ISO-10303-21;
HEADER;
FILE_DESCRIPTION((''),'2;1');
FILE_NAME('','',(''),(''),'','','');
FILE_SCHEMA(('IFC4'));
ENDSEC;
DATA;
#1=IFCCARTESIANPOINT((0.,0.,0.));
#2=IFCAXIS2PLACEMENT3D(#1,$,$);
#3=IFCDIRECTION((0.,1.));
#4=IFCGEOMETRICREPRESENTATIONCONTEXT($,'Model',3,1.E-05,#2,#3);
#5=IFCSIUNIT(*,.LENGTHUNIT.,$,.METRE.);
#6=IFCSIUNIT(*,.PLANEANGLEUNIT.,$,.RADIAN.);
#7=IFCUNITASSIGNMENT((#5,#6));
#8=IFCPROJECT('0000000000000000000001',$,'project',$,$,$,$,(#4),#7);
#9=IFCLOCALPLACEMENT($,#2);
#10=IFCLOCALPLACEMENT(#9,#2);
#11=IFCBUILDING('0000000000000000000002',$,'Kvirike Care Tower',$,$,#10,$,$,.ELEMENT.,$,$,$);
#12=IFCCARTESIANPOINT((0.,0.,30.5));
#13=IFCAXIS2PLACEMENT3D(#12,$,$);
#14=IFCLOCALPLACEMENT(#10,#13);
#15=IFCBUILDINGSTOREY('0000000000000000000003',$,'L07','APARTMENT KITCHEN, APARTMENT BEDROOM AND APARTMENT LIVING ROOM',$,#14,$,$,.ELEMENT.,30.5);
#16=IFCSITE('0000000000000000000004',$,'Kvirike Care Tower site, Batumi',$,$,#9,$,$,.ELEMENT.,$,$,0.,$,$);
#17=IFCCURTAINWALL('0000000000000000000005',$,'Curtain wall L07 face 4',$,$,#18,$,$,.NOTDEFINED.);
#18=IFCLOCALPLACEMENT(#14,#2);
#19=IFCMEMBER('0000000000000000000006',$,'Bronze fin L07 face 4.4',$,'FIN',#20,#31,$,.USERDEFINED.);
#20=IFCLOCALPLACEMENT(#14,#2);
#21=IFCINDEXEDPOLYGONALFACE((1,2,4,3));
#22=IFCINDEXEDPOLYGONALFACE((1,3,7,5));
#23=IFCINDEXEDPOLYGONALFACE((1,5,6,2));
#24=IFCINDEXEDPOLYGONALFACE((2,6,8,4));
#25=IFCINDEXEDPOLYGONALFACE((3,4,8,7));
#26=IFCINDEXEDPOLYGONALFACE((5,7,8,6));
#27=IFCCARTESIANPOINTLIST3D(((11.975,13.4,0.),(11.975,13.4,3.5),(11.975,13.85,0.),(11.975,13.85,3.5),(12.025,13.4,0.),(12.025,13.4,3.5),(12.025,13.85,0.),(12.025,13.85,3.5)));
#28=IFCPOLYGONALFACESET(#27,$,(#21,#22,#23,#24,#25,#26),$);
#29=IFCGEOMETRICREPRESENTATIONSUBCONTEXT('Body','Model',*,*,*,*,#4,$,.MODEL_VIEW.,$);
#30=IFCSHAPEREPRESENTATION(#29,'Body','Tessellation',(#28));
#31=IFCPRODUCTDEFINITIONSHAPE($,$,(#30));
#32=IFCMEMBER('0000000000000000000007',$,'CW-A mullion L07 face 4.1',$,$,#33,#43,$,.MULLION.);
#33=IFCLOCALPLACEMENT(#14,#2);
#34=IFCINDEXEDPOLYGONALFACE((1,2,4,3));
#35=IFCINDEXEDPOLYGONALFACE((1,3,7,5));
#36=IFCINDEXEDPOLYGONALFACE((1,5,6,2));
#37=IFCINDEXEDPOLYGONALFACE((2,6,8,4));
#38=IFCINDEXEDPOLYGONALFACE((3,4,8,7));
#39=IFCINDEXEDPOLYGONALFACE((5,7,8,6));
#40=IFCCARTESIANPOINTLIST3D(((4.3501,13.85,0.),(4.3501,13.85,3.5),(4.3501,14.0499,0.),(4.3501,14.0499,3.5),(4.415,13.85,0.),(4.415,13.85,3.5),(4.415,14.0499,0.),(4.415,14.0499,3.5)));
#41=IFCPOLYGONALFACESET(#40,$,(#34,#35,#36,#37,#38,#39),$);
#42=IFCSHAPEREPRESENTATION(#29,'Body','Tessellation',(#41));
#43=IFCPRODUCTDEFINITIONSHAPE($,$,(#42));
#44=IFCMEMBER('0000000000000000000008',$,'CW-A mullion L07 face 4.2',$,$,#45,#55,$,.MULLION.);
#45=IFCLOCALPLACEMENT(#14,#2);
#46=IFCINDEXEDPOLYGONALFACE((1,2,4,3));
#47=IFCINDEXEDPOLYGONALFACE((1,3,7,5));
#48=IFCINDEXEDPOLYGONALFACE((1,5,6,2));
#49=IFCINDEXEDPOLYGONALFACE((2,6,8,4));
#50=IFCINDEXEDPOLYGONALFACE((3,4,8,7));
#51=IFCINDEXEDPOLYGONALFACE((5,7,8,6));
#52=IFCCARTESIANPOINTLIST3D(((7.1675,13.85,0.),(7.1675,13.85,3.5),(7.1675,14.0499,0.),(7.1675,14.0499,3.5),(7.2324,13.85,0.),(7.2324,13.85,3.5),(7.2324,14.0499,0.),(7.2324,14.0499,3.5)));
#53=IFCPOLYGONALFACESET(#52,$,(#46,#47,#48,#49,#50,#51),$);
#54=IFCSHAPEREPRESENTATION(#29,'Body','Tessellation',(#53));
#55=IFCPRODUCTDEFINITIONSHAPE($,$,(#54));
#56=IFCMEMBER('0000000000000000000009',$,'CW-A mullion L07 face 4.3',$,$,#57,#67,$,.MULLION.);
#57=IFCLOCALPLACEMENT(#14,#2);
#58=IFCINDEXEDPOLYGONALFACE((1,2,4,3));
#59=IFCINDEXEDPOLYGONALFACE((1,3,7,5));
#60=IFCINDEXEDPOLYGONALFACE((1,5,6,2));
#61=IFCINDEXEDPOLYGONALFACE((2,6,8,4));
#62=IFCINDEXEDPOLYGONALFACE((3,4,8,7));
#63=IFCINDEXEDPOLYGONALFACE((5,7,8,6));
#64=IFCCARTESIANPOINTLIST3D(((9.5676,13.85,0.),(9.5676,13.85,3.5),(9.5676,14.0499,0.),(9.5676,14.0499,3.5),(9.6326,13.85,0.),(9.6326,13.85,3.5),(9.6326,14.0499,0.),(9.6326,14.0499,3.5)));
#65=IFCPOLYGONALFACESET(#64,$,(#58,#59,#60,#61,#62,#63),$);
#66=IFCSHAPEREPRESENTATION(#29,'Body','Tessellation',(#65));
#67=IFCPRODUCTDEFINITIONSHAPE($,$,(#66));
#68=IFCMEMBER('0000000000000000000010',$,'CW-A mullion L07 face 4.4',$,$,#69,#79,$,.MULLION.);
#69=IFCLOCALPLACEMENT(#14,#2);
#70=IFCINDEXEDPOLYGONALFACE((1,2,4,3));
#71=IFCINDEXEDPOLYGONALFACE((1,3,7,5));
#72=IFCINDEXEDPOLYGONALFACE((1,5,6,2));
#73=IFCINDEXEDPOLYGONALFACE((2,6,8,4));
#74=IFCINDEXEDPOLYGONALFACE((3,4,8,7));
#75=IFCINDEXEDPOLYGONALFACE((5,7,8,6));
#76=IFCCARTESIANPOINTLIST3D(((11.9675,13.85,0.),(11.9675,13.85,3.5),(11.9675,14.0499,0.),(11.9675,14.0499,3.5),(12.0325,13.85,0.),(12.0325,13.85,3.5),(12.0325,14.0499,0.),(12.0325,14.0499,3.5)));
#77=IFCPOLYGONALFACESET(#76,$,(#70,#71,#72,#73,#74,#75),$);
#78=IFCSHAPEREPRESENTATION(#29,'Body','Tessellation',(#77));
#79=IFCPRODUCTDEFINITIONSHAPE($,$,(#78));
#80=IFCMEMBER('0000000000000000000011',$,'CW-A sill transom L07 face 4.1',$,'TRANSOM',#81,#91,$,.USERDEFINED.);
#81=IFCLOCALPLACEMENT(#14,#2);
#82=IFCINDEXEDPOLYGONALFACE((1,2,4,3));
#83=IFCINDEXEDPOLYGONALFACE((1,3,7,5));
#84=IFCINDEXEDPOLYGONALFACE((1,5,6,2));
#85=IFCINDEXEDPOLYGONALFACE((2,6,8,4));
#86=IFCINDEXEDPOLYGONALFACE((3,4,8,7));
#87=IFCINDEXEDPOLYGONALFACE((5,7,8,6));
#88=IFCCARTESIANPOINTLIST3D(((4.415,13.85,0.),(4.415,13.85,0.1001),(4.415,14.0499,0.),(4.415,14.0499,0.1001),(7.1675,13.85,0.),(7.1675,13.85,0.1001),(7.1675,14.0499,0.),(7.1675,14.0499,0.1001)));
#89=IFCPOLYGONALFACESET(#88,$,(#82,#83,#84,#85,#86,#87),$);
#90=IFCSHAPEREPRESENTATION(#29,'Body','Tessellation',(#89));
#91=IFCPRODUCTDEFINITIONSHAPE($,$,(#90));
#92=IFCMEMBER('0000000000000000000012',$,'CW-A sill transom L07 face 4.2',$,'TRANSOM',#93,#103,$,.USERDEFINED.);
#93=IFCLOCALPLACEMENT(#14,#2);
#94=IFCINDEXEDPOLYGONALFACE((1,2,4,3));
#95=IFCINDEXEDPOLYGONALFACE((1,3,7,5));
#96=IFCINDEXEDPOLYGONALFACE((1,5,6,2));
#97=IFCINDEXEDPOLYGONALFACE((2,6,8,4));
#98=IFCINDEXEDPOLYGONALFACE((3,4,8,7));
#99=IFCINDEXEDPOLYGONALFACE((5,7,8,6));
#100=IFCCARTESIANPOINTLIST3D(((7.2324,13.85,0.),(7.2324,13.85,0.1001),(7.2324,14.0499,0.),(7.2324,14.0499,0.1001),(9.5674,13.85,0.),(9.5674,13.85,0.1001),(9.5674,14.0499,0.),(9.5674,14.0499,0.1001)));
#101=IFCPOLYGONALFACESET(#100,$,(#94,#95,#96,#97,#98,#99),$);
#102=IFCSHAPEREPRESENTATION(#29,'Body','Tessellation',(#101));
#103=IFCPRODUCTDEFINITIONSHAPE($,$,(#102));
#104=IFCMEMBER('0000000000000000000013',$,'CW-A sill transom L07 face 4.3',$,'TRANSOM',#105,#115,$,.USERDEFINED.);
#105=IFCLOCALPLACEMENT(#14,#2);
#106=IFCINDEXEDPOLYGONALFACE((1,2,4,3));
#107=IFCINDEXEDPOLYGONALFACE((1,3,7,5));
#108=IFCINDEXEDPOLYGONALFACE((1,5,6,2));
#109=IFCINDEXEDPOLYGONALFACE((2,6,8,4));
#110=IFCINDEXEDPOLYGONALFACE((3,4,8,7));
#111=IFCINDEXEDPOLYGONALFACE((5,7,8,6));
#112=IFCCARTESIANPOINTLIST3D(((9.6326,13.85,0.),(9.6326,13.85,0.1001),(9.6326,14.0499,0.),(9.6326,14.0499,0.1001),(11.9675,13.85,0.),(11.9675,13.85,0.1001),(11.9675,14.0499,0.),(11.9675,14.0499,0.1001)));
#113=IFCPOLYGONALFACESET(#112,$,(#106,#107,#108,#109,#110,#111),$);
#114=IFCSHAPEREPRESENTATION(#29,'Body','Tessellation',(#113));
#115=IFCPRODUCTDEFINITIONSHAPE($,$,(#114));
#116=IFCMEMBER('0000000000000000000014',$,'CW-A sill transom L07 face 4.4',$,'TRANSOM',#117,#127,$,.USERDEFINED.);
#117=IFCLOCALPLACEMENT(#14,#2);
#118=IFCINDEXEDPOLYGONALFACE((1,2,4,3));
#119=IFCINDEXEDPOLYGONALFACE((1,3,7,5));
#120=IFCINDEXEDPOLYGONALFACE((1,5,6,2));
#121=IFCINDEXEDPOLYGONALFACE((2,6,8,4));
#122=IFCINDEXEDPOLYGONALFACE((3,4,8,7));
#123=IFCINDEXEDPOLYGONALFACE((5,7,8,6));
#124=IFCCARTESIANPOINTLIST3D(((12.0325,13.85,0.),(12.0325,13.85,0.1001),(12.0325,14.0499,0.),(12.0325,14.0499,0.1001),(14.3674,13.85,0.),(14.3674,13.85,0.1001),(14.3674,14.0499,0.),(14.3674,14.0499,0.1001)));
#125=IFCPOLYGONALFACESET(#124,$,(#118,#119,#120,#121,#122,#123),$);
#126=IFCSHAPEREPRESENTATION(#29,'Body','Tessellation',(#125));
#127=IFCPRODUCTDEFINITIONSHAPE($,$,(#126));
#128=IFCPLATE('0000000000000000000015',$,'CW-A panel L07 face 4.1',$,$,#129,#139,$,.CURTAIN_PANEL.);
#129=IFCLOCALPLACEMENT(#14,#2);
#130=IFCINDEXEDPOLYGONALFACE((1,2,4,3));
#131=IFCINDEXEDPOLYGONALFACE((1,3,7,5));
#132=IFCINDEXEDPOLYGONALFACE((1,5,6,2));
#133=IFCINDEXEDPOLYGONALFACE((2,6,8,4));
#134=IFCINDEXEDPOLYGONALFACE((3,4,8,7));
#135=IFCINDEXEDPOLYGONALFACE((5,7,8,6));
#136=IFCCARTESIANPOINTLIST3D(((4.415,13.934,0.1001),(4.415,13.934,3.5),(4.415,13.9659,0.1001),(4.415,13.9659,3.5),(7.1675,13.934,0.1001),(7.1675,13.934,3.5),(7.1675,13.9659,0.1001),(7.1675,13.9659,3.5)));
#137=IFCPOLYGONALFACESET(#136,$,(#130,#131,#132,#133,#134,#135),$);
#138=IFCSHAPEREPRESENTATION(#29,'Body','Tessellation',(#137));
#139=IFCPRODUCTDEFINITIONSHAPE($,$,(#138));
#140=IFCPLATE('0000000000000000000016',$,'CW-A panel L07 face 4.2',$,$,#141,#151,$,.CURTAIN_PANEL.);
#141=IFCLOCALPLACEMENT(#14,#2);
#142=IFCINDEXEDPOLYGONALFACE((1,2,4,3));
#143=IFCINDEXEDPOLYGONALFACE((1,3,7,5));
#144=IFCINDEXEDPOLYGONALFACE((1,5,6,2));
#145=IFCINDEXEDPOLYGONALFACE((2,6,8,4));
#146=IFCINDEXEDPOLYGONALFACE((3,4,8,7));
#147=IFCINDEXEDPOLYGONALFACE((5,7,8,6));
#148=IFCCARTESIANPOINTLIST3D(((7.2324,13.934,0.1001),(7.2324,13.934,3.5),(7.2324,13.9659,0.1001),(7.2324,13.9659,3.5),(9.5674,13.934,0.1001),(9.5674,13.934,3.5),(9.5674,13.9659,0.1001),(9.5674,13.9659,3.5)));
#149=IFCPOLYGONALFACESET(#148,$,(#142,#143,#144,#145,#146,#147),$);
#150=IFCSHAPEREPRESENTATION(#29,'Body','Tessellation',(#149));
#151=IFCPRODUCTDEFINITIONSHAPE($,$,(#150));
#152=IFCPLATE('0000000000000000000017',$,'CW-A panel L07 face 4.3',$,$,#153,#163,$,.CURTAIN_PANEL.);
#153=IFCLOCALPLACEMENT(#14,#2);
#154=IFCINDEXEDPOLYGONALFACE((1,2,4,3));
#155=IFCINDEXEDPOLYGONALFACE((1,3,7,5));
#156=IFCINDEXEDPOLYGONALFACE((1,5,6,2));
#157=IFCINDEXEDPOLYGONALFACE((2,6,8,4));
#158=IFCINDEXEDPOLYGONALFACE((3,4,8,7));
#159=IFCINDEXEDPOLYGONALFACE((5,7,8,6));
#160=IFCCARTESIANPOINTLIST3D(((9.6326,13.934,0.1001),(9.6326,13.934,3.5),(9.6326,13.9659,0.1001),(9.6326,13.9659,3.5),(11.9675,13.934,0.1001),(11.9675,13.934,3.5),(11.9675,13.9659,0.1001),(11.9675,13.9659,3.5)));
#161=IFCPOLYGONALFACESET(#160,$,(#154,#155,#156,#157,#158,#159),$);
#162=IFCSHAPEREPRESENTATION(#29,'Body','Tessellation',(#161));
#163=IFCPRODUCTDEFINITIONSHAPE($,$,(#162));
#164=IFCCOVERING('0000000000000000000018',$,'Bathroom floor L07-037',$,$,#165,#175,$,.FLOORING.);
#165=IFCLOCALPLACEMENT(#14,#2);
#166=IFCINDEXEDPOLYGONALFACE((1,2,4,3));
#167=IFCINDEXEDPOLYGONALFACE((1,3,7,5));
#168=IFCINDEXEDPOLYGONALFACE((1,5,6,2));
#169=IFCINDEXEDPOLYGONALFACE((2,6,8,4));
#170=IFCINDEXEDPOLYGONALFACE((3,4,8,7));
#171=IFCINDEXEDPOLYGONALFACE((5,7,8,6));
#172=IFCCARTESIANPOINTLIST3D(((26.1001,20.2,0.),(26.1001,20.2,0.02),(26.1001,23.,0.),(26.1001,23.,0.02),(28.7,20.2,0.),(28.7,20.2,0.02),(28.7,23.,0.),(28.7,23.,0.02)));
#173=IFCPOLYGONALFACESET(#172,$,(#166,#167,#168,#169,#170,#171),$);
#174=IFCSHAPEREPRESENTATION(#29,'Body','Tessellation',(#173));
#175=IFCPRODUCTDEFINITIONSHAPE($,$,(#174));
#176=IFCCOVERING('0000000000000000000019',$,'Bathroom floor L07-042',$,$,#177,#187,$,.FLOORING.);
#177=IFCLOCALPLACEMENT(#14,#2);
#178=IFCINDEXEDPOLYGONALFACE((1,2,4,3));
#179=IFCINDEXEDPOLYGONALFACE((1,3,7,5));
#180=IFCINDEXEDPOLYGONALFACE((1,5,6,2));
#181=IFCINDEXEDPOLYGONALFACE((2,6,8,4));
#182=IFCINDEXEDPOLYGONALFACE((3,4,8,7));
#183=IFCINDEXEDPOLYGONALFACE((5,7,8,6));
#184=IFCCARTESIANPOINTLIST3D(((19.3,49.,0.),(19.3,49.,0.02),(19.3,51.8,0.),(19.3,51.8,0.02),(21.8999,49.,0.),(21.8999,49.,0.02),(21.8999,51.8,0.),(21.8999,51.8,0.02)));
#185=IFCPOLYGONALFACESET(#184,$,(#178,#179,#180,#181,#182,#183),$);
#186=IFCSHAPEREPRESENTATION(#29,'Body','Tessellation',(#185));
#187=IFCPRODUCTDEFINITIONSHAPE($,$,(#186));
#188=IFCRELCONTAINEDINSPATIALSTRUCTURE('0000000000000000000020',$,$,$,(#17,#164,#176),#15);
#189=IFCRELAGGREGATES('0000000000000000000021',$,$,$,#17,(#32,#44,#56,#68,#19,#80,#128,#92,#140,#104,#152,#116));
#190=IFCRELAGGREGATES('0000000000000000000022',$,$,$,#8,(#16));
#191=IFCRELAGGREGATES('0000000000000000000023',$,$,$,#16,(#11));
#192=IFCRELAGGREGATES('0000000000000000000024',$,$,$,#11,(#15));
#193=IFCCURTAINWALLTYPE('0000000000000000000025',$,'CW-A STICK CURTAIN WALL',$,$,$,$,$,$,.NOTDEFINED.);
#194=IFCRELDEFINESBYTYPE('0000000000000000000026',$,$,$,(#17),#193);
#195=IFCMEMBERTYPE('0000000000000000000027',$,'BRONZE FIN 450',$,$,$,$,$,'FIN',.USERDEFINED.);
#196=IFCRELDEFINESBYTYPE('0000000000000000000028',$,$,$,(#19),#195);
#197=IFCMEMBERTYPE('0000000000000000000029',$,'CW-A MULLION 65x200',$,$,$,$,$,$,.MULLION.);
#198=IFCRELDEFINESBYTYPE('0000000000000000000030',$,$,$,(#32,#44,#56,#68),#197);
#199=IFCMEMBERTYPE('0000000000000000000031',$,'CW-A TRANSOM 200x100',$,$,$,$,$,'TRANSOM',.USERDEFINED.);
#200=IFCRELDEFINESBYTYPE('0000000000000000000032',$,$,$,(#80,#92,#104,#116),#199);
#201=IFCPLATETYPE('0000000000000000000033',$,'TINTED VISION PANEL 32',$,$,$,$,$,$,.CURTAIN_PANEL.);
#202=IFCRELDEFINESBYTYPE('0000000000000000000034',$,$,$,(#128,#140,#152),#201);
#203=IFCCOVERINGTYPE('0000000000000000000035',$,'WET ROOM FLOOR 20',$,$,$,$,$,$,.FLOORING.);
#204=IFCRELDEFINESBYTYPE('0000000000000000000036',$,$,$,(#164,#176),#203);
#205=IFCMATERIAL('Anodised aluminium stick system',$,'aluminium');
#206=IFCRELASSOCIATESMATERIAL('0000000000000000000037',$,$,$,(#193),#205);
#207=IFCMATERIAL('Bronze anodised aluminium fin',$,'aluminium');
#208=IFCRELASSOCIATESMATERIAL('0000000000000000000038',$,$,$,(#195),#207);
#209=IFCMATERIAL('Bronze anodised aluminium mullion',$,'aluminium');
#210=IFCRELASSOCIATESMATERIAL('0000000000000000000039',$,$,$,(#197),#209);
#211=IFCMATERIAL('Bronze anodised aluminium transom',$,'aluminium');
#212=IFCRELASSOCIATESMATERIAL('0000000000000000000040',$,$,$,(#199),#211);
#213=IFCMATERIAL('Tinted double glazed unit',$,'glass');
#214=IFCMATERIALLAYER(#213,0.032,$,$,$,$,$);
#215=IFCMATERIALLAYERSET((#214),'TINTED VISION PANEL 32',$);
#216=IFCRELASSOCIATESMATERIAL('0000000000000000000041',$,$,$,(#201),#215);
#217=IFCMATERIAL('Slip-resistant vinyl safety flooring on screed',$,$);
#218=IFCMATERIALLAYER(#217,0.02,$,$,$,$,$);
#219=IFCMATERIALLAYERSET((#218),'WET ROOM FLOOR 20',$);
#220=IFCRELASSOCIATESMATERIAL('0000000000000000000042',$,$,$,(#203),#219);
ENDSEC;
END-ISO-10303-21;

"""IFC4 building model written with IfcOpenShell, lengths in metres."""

from ifc_helpers import new_model, si_unit, direction, frame, origin, origin_2d, place, context, subcontext, project, spatial, polyline, rectangle, outline, extrude, material, layer, layer_set, material_profile, profile_set, type_object, element, aggregate, save


model = new_model("IFC4")

# Units and contexts
model_context = context("Model", 3, precision=1e-05, world=origin(), true_north=direction((0.0, 1.0)))
body_context = subcontext(model_context, "Body", "Model", "MODEL_VIEW")
ifc_project = project(units=[si_unit("LENGTHUNIT", "METRE"), si_unit("PLANEANGLEUNIT", "RADIAN")], contexts=[model_context])

# Site, building, storey
site_placement = place(None, origin())
site = spatial("IfcSite", under=ifc_project, at=site_placement, Name="Kvirike Care Tower site, Batumi", CompositionType="ELEMENT", RefElevation=0.0)
building_placement = place(site_placement, origin())
building = spatial("IfcBuilding", under=site, at=building_placement, Name="Kvirike Care Tower", CompositionType="ELEMENT")
storey_placement = place(building_placement, frame((0.0, 0.0, 30.5)))
storey = spatial("IfcBuildingStorey", under=building, at=storey_placement, Name="L07", Description="APARTMENT KITCHEN, APARTMENT BEDROOM AND APARTMENT LIVING ROOM", CompositionType="ELEMENT", Elevation=30.5)

# Curtain wall, members, plates
ifc_material_1 = material(Name="Anodised aluminium stick system", Category="aluminium")
curtain_wall_type = type_object("IfcCurtainWallType", Name="CW-A STICK CURTAIN WALL", PredefinedType="NOTDEFINED", material=ifc_material_1)
curtain_wall_placement = place(storey_placement, origin())
curtain_wall = element("IfcCurtainWall", 1, at=curtain_wall_placement, inside=storey, type_object=curtain_wall_type, Name="Curtain wall L07 face 4", PredefinedType="NOTDEFINED")
ifc_material_2 = material(Name="Bronze anodised aluminium fin", Category="aluminium")
ifc_material_profile_1 = material_profile(ifc_material_2, rectangle(XDim=0.05, YDim=0.45, at=origin_2d()), Name="BRONZE FIN 450")
ifc_profile_set_1 = profile_set([ifc_material_profile_1], Name="Bronze anodised aluminium fin")
member_type_1 = type_object("IfcMemberType", Name="BRONZE FIN 450", ElementType="FIN", PredefinedType="USERDEFINED", material=ifc_profile_set_1)
member_1_placement = place(storey_placement, frame((12.0, 13.625, 0.0), z_axis=(0.0, 0.0, 1.0), x_axis=(1.0, 0.0, 0.0)))
member_1 = element("IfcMember", 2, at=member_1_placement, type_object=member_type_1, Name="Bronze fin L07 face 4.4", ObjectType="FIN", PredefinedType="USERDEFINED", context=body_context, shape_type="SweptSolid", body=[
    extrude(rectangle(XDim=0.05, YDim=0.45, at=origin_2d()), origin(), (0.0, 0.0, 1.0), 3.5),
])
ifc_material_3 = material(Name="Bronze anodised aluminium mullion", Category="aluminium")
ifc_material_profile_2 = material_profile(ifc_material_3, rectangle(XDim=0.0649, YDim=0.2, at=origin_2d()), Name="CW-A MULLION 65x200")
ifc_profile_set_2 = profile_set([ifc_material_profile_2], Name="Bronze anodised aluminium mullion")
member_type_2 = type_object("IfcMemberType", Name="CW-A MULLION 65x200", PredefinedType="MULLION", material=ifc_profile_set_2)
member_2_placement = place(storey_placement, frame((4.3826, 13.95, 0.0), z_axis=(0.0, 0.0, 1.0), x_axis=(1.0, 0.0, 0.0)))
member_2 = element("IfcMember", 3, at=member_2_placement, type_object=member_type_2, Name="CW-A mullion L07 face 4.1", PredefinedType="MULLION", context=body_context, shape_type="SweptSolid", body=[
    extrude(rectangle(XDim=0.0649, YDim=0.2, at=origin_2d()), origin(), (0.0, 0.0, 1.0), 3.5),
])
member_3_placement = place(storey_placement, frame((7.2, 13.95, 0.0), z_axis=(0.0, 0.0, 1.0), x_axis=(1.0, 0.0, 0.0)))
member_3 = element("IfcMember", 4, at=member_3_placement, type_object=member_type_2, Name="CW-A mullion L07 face 4.2", PredefinedType="MULLION", context=body_context, shape_type="SweptSolid", body=[
    extrude(rectangle(XDim=0.0649, YDim=0.2, at=origin_2d()), origin(), (0.0, 0.0, 1.0), 3.5),
])
member_4_placement = place(storey_placement, frame((9.6001, 13.95, 0.0), z_axis=(0.0, 0.0, 1.0), x_axis=(1.0, 0.0, 0.0)))
member_4 = element("IfcMember", 5, at=member_4_placement, type_object=member_type_2, Name="CW-A mullion L07 face 4.3", PredefinedType="MULLION", context=body_context, shape_type="SweptSolid", body=[
    extrude(rectangle(XDim=0.0649, YDim=0.2, at=origin_2d()), origin(), (0.0, 0.0, 1.0), 3.5),
])
member_5_placement = place(storey_placement, frame((12.0, 13.95, 0.0), z_axis=(0.0, 0.0, 1.0), x_axis=(1.0, 0.0, 0.0)))
member_5 = element("IfcMember", 6, at=member_5_placement, type_object=member_type_2, Name="CW-A mullion L07 face 4.4", PredefinedType="MULLION", context=body_context, shape_type="SweptSolid", body=[
    extrude(rectangle(XDim=0.0649, YDim=0.2, at=origin_2d()), origin(), (0.0, 0.0, 1.0), 3.5),
])
ifc_material_4 = material(Name="Bronze anodised aluminium transom", Category="aluminium")
ifc_material_profile_3 = material_profile(ifc_material_4, rectangle(XDim=0.2, YDim=0.1001, at=origin_2d()), Name="CW-A TRANSOM 200x100")
ifc_profile_set_3 = profile_set([ifc_material_profile_3], Name="Bronze anodised aluminium transom")
member_type_3 = type_object("IfcMemberType", Name="CW-A TRANSOM 200x100", ElementType="TRANSOM", PredefinedType="USERDEFINED", material=ifc_profile_set_3)
member_6_placement = place(storey_placement, frame((4.415, 13.95, 0.05), z_axis=(1.0, 0.0, 0.0), x_axis=(0.0, 1.0, 0.0)))
member_6 = element("IfcMember", 7, at=member_6_placement, type_object=member_type_3, Name="CW-A sill transom L07 face 4.1", ObjectType="TRANSOM", PredefinedType="USERDEFINED", context=body_context, shape_type="SweptSolid", body=[
    extrude(rectangle(XDim=0.2, YDim=0.1001, at=origin_2d()), origin(), (0.0, 0.0, 1.0), 2.7524),
])
member_7_placement = place(storey_placement, frame((7.2324, 13.95, 0.05), z_axis=(1.0, 0.0, 0.0), x_axis=(0.0, 1.0, 0.0)))
member_7 = element("IfcMember", 8, at=member_7_placement, type_object=member_type_3, Name="CW-A sill transom L07 face 4.2", ObjectType="TRANSOM", PredefinedType="USERDEFINED", context=body_context, shape_type="SweptSolid", body=[
    extrude(rectangle(XDim=0.2, YDim=0.1001, at=origin_2d()), origin(), (0.0, 0.0, 1.0), 2.335),
])
member_8_placement = place(storey_placement, frame((9.6326, 13.95, 0.05), z_axis=(1.0, 0.0, 0.0), x_axis=(0.0, 1.0, 0.0)))
member_8 = element("IfcMember", 9, at=member_8_placement, type_object=member_type_3, Name="CW-A sill transom L07 face 4.3", ObjectType="TRANSOM", PredefinedType="USERDEFINED", context=body_context, shape_type="SweptSolid", body=[
    extrude(rectangle(XDim=0.2, YDim=0.1001, at=origin_2d()), origin(), (0.0, 0.0, 1.0), 2.335),
])
member_9_placement = place(storey_placement, frame((12.0325, 13.95, 0.05), z_axis=(1.0, 0.0, 0.0), x_axis=(0.0, 1.0, 0.0)))
member_9 = element("IfcMember", 10, at=member_9_placement, type_object=member_type_3, Name="CW-A sill transom L07 face 4.4", ObjectType="TRANSOM", PredefinedType="USERDEFINED", context=body_context, shape_type="SweptSolid", body=[
    extrude(rectangle(XDim=0.2, YDim=0.1001, at=origin_2d()), origin(), (0.0, 0.0, 1.0), 2.335),
])
ifc_material_5 = material(Name="Tinted double glazed unit", Category="glass")
ifc_layer_1 = layer(ifc_material_5, 0.032)
ifc_layer_set_1 = layer_set([ifc_layer_1], Name="TINTED VISION PANEL 32")
plate_type = type_object("IfcPlateType", Name="TINTED VISION PANEL 32", PredefinedType="CURTAIN_PANEL", material=ifc_layer_set_1)
plate_1_placement = place(storey_placement, frame((5.7913, 13.95, 0.1001), z_axis=(0.0, 0.0, 1.0), x_axis=(1.0, 0.0, 0.0)))
plate_1 = element("IfcPlate", 11, at=plate_1_placement, type_object=plate_type, Name="CW-A panel L07 face 4.1", PredefinedType="CURTAIN_PANEL", context=body_context, shape_type="SweptSolid", body=[
    extrude(rectangle(XDim=2.7524, YDim=0.032, at=origin_2d()), origin(), (0.0, 0.0, 1.0), 3.3999),
])
plate_2_placement = place(storey_placement, frame((8.3999, 13.95, 0.1001), z_axis=(0.0, 0.0, 1.0), x_axis=(1.0, 0.0, 0.0)))
plate_2 = element("IfcPlate", 12, at=plate_2_placement, type_object=plate_type, Name="CW-A panel L07 face 4.2", PredefinedType="CURTAIN_PANEL", context=body_context, shape_type="SweptSolid", body=[
    extrude(rectangle(XDim=2.335, YDim=0.032, at=origin_2d()), origin(), (0.0, 0.0, 1.0), 3.3999),
])
plate_3_placement = place(storey_placement, frame((10.8, 13.95, 0.1001), z_axis=(0.0, 0.0, 1.0), x_axis=(1.0, 0.0, 0.0)))
plate_3 = element("IfcPlate", 13, at=plate_3_placement, type_object=plate_type, Name="CW-A panel L07 face 4.3", PredefinedType="CURTAIN_PANEL", context=body_context, shape_type="SweptSolid", body=[
    extrude(rectangle(XDim=2.335, YDim=0.032, at=origin_2d()), origin(), (0.0, 0.0, 1.0), 3.3999),
])
aggregate(curtain_wall, [member_2, member_3, member_4, member_5, member_1, member_6, plate_1, member_7, plate_2, member_8, plate_3, member_9])

# Coverings
ifc_material_6 = material(Name="Slip-resistant vinyl safety flooring on screed")
ifc_layer_2 = layer(ifc_material_6, 0.02)
ifc_layer_set_2 = layer_set([ifc_layer_2], Name="WET ROOM FLOOR 20")
covering_type = type_object("IfcCoveringType", Name="WET ROOM FLOOR 20", PredefinedType="FLOORING", material=ifc_layer_set_2)
covering_1_placement = place(storey_placement, origin())
element("IfcCovering", 14, at=covering_1_placement, inside=storey, type_object=covering_type, Name="Bathroom floor L07-037", PredefinedType="FLOORING", context=body_context, shape_type="SweptSolid", body=[
    extrude(outline(polyline([(26.1001, 20.2), (26.1001, 23.0), (28.7, 23.0), (28.7, 20.2), (26.1001, 20.2)])), origin(), (0.0, 0.0, 1.0), 0.02),
])
covering_2_placement = place(storey_placement, origin())
element("IfcCovering", 15, at=covering_2_placement, inside=storey, type_object=covering_type, Name="Bathroom floor L07-042", PredefinedType="FLOORING", context=body_context, shape_type="SweptSolid", body=[
    extrude(outline(polyline([(21.8999, 51.8), (21.8999, 49.0), (19.3, 49.0), (19.3, 51.8), (21.8999, 51.8)])), origin(), (0.0, 0.0, 1.0), 0.02),
])

save(model, "model.ifc")
